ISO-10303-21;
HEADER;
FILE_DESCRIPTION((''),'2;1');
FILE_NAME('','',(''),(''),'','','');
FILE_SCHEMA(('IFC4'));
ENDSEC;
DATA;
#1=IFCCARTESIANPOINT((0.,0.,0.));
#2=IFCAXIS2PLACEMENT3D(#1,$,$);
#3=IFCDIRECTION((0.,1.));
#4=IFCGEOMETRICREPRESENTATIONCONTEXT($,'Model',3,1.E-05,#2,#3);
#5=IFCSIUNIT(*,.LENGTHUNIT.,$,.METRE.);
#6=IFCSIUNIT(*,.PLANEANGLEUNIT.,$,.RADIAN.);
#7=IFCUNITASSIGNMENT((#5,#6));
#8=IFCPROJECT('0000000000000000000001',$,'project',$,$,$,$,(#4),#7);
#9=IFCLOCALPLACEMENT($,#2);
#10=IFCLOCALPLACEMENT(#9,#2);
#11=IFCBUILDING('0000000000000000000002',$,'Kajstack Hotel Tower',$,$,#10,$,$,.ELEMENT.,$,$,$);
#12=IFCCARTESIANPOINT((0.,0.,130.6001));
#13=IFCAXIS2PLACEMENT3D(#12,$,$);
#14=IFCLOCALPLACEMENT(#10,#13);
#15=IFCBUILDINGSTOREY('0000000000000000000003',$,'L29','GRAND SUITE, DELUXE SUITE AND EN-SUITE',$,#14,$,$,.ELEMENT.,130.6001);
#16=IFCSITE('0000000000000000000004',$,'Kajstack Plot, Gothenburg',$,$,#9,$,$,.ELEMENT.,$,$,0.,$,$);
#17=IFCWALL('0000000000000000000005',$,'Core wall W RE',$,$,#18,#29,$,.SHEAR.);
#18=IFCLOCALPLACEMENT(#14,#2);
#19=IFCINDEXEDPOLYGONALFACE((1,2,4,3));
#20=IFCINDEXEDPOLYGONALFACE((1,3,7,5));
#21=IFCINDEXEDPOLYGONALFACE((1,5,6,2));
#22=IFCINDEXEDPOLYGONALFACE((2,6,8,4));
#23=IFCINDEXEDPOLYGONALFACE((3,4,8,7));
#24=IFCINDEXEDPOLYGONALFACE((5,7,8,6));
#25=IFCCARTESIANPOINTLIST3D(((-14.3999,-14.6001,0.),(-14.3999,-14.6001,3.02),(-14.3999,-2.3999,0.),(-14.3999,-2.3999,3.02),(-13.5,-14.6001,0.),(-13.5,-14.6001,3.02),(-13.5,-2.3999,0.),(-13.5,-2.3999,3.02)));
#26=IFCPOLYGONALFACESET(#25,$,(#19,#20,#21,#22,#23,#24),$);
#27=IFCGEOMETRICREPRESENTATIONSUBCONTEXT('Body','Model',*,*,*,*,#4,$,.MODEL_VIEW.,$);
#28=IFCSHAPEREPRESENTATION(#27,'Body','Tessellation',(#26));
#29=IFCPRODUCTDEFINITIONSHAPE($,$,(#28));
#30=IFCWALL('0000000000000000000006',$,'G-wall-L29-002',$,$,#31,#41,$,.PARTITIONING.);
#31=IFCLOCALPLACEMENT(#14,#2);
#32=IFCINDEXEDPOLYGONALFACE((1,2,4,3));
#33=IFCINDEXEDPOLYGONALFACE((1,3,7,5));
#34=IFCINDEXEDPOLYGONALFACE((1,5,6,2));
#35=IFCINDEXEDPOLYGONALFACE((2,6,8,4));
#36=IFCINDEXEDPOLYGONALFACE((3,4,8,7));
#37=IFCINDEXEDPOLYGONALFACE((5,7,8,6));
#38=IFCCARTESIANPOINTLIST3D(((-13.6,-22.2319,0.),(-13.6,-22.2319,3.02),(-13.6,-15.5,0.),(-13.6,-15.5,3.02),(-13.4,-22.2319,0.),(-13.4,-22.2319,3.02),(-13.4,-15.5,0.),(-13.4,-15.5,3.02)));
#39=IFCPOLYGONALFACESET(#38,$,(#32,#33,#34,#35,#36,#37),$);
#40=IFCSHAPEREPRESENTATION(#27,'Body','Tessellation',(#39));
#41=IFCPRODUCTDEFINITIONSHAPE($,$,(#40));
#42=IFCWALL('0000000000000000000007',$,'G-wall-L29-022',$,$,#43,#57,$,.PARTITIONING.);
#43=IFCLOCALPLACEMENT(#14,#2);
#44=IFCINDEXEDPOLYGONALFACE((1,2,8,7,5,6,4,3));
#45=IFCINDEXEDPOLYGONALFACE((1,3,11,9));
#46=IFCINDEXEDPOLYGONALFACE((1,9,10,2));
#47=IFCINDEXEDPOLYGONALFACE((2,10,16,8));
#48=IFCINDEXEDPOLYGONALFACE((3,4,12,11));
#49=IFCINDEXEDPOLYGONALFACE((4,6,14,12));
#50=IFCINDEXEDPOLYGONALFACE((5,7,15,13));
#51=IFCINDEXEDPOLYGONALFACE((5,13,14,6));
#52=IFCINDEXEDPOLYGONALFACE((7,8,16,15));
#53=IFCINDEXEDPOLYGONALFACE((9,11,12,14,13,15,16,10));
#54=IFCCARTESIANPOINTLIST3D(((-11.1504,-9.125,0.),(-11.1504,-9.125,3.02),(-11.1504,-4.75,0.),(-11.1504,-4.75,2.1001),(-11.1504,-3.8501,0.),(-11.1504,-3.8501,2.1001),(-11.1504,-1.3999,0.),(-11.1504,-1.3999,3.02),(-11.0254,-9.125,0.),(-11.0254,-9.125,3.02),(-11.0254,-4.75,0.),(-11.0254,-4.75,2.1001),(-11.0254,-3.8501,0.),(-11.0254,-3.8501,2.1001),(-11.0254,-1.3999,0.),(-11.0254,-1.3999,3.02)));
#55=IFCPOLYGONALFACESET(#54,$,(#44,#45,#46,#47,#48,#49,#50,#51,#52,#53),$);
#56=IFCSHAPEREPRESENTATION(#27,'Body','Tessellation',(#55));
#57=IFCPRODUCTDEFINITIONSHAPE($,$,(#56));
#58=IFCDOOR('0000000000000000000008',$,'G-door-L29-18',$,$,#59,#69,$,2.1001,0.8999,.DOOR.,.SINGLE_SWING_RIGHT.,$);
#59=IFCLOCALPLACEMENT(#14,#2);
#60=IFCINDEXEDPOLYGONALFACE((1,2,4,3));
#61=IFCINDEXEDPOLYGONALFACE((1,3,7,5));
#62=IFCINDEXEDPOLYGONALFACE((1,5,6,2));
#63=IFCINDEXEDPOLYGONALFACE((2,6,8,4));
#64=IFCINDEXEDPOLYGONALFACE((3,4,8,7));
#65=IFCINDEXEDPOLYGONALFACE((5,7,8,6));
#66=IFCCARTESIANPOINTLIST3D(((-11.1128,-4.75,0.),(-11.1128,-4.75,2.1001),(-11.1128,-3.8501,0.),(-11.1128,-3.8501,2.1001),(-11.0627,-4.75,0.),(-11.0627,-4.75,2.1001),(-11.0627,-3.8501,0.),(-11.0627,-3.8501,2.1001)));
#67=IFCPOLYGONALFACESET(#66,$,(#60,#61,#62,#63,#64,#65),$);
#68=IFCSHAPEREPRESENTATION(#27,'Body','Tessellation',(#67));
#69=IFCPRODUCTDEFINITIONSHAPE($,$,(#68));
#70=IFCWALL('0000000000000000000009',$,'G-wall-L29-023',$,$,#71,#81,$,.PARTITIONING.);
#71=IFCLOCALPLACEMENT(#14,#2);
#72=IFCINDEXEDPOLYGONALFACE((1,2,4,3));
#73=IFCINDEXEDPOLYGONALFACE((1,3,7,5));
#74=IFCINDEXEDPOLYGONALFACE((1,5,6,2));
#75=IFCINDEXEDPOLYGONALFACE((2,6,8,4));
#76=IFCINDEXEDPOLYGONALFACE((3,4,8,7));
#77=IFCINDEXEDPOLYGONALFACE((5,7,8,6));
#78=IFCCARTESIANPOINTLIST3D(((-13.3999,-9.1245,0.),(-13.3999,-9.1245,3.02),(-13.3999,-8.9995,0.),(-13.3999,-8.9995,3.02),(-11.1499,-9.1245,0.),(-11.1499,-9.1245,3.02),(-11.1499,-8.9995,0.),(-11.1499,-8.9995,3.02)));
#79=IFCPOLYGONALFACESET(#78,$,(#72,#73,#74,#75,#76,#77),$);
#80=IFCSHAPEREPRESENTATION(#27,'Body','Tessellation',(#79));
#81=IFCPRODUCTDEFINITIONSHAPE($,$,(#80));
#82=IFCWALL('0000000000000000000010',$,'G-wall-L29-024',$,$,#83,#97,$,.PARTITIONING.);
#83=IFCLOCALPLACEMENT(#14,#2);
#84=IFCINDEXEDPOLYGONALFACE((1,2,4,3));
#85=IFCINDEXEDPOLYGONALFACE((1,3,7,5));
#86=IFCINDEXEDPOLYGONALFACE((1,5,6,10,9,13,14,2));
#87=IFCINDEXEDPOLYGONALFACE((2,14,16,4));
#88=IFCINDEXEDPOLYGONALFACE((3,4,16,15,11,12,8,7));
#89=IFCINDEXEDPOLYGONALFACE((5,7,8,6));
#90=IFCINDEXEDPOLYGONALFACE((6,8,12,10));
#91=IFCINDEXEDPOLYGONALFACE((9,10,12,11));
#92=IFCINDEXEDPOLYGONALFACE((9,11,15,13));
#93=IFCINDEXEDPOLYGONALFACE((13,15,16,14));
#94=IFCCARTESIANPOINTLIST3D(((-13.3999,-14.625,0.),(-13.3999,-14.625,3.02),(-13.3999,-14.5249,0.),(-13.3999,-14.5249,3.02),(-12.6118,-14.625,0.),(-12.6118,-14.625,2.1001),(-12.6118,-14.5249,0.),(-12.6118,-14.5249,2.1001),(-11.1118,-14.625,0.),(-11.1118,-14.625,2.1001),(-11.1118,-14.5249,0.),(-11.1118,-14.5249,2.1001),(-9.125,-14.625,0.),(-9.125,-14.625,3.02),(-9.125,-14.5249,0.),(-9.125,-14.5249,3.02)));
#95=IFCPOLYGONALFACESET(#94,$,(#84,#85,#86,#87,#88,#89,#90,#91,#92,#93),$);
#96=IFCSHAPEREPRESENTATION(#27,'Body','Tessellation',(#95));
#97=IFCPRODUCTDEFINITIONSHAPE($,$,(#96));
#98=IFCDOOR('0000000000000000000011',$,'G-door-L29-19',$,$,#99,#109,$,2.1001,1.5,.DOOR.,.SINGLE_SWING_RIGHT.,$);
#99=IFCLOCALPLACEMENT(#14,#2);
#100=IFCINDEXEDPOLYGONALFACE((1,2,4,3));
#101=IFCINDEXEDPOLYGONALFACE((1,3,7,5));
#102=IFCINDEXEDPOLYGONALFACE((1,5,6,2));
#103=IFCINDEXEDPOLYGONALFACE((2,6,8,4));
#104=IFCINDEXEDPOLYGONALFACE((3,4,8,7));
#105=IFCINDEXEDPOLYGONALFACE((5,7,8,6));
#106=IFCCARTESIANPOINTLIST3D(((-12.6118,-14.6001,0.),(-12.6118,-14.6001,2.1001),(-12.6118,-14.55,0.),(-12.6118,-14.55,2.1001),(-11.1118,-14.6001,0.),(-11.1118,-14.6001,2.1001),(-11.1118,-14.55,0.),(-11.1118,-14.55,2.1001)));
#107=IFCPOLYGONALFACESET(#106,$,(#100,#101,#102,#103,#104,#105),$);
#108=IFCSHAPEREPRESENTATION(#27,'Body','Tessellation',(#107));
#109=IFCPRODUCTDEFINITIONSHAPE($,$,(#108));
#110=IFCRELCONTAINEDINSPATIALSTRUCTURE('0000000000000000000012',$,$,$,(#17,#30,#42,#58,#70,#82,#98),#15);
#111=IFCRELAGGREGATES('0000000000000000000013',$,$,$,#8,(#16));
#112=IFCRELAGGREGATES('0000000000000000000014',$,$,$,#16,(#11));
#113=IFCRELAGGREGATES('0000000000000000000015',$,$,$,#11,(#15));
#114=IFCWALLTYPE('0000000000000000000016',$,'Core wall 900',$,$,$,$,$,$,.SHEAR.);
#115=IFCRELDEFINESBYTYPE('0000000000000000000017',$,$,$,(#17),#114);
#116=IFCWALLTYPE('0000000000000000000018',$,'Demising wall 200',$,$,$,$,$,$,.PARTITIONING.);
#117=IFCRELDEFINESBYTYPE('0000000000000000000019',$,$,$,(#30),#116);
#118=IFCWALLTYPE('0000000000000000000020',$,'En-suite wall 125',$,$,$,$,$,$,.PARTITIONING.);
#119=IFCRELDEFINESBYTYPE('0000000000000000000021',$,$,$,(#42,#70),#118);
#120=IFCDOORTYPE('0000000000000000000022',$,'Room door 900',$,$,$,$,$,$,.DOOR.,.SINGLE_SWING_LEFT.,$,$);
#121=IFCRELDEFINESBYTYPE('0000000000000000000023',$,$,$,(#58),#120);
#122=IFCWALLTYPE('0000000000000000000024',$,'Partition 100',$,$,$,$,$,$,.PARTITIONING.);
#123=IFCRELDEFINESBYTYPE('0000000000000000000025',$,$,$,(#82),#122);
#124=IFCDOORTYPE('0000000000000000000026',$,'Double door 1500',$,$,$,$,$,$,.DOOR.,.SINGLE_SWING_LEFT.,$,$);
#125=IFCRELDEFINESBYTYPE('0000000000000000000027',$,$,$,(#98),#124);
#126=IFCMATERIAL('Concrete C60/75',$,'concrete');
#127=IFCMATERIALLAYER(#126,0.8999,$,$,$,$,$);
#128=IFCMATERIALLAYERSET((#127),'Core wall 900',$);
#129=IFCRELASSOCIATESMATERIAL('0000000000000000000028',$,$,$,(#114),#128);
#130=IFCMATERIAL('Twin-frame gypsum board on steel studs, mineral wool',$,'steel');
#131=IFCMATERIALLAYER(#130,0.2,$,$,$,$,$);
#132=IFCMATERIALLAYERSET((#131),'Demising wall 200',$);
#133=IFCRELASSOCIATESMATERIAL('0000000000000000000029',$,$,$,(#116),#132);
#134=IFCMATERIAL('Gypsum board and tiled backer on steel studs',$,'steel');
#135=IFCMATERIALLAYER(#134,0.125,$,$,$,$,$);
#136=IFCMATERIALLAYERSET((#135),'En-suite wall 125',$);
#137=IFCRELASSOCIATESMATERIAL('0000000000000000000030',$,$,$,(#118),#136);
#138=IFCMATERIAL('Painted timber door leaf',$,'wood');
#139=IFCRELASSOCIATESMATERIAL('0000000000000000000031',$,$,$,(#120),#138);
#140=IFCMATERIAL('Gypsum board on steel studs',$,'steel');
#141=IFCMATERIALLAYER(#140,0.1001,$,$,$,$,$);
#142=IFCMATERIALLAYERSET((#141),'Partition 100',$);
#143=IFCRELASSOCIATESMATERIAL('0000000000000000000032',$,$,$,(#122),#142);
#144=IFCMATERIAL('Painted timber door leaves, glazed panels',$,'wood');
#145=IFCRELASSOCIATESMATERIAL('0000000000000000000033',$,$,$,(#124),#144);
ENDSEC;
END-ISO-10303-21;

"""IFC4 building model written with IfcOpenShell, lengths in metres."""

from ifc_helpers import new_model, si_unit, direction, frame, frame_2d, origin, place, context, subcontext, project, spatial, rectangle, extrude, material, layer, layer_set, type_object, element, fill, save


model = new_model("IFC4")

# Units and contexts
model_context = context("Model", 3, precision=1e-05, world=origin(), true_north=direction((0.0, 1.0)))
body_context = subcontext(model_context, "Body", "Model", "MODEL_VIEW")
ifc_project = project(units=[si_unit("LENGTHUNIT", "METRE"), si_unit("PLANEANGLEUNIT", "RADIAN")], contexts=[model_context])

# Site, building, storey
site_placement = place(None, origin())
site = spatial("IfcSite", under=ifc_project, at=site_placement, Name="Kajstack Plot, Gothenburg", CompositionType="ELEMENT", RefElevation=0.0)
building_placement = place(site_placement, origin())
building = spatial("IfcBuilding", under=site, at=building_placement, Name="Kajstack Hotel Tower", CompositionType="ELEMENT")
storey_placement = place(building_placement, frame((0.0, 0.0, 130.6001)))
storey = spatial("IfcBuildingStorey", under=building, at=storey_placement, Name="L29", Description="GRAND SUITE, DELUXE SUITE AND EN-SUITE", CompositionType="ELEMENT", Elevation=130.6001)

# Walls
ifc_material_1 = material(Name="Concrete C60/75", Category="concrete")
ifc_layer_1 = layer(ifc_material_1, 0.8999)
ifc_layer_set_1 = layer_set([ifc_layer_1], Name="Core wall 900")
wall_type_1 = type_object("IfcWallType", Name="Core wall 900", PredefinedType="SHEAR", material=ifc_layer_set_1)
wall_1_placement = place(storey_placement, frame((-13.95, -14.6001, 0.0), z_axis=(0.0, 0.0, 1.0), x_axis=(0.0, 1.0, 0.0)))
element("IfcWall", 1, at=wall_1_placement, inside=storey, type_object=wall_type_1, Name="Core wall W RE", PredefinedType="SHEAR", context=body_context, shape_type="SweptSolid", body=[
    extrude(rectangle(XDim=12.2002, YDim=0.8999, at=frame_2d((6.1001, 0.0))), origin(), (0.0, 0.0, 1.0), 3.02),
])
ifc_material_2 = material(Name="Twin-frame gypsum board on steel studs, mineral wool", Category="steel")
ifc_layer_2 = layer(ifc_material_2, 0.2)
ifc_layer_set_2 = layer_set([ifc_layer_2], Name="Demising wall 200")
wall_type_2 = type_object("IfcWallType", Name="Demising wall 200", PredefinedType="PARTITIONING", material=ifc_layer_set_2)
wall_2_placement = place(storey_placement, frame((-13.5, -22.2319, 0.0), z_axis=(0.0, 0.0, 1.0), x_axis=(0.0, 1.0, 0.0)))
element("IfcWall", 2, at=wall_2_placement, inside=storey, type_object=wall_type_2, Name="G-wall-L29-002", PredefinedType="PARTITIONING", context=body_context, shape_type="SweptSolid", body=[
    extrude(rectangle(XDim=6.7319, YDim=0.2, at=frame_2d((3.366, 0.0))), origin(), (0.0, 0.0, 1.0), 3.02),
])

# Wall, opening, door
ifc_material_3 = material(Name="Gypsum board and tiled backer on steel studs", Category="steel")
ifc_layer_3 = layer(ifc_material_3, 0.125)
ifc_layer_set_3 = layer_set([ifc_layer_3], Name="En-suite wall 125")
wall_type_3 = type_object("IfcWallType", Name="En-suite wall 125", PredefinedType="PARTITIONING", material=ifc_layer_set_3)
wall_3_placement = place(storey_placement, frame((-11.0879, -9.125, 0.0), z_axis=(0.0, 0.0, 1.0), x_axis=(0.0, 1.0, 0.0)))
wall_3 = element("IfcWall", 3, at=wall_3_placement, inside=storey, type_object=wall_type_3, Name="G-wall-L29-022", PredefinedType="PARTITIONING", context=body_context, shape_type="SweptSolid", body=[
    extrude(rectangle(XDim=7.7251, YDim=0.125, at=frame_2d((3.8625, 0.0))), origin(), (0.0, 0.0, 1.0), 3.02),
])
opening_1_placement = place(wall_3_placement, frame((4.375, 0.0, 0.0)))
opening_1 = element("IfcOpeningElement", 4, at=opening_1_placement, cuts=wall_3, PredefinedType="OPENING", context=body_context, shape_type="SweptSolid", body=[
    extrude(rectangle(XDim=0.8999, YDim=2.1001, at=frame_2d((0.45, 1.05))), frame((0.0, 0.0725, 0.0), z_axis=(0.0, -1.0, 0.0), x_axis=(1.0, 0.0, 0.0)), (0.0, 0.0, 1.0), 0.145),
])
ifc_material_4 = material(Name="Painted timber door leaf", Category="wood")
door_type_1 = type_object("IfcDoorType", Name="Room door 900", OperationType="SINGLE_SWING_LEFT", PredefinedType="DOOR", material=ifc_material_4)
door_1_placement = place(opening_1_placement, origin())
door_1 = element("IfcDoor", 5, at=door_1_placement, inside=storey, type_object=door_type_1, Name="G-door-L29-18", OperationType="SINGLE_SWING_RIGHT", OverallHeight=2.1001, OverallWidth=0.8999, PredefinedType="DOOR", context=body_context, shape_type="SweptSolid", body=[
    extrude(rectangle(XDim=0.8999, YDim=2.1001, at=frame_2d((0.45, 1.05))), frame((0.0, 0.0249, 0.0), z_axis=(0.0, -1.0, 0.0), x_axis=(1.0, 0.0, 0.0)), (0.0, 0.0, 1.0), 0.05),
])
fill(opening_1, door_1)

# Wall
wall_4_placement = place(storey_placement, frame((-13.3999, -9.062, 0.0), z_axis=(0.0, 0.0, 1.0), x_axis=(1.0, 0.0, 0.0)))
element("IfcWall", 6, at=wall_4_placement, inside=storey, type_object=wall_type_3, Name="G-wall-L29-023", PredefinedType="PARTITIONING", context=body_context, shape_type="SweptSolid", body=[
    extrude(rectangle(XDim=2.25, YDim=0.125, at=frame_2d((1.125, 0.0))), origin(), (0.0, 0.0, 1.0), 3.02),
])

# Wall, opening, door
ifc_material_5 = material(Name="Gypsum board on steel studs", Category="steel")
ifc_layer_4 = layer(ifc_material_5, 0.1001)
ifc_layer_set_4 = layer_set([ifc_layer_4], Name="Partition 100")
wall_type_4 = type_object("IfcWallType", Name="Partition 100", PredefinedType="PARTITIONING", material=ifc_layer_set_4)
wall_5_placement = place(storey_placement, frame((-13.3999, -14.575, 0.0), z_axis=(0.0, 0.0, 1.0), x_axis=(1.0, 0.0, 0.0)))
wall_5 = element("IfcWall", 7, at=wall_5_placement, inside=storey, type_object=wall_type_4, Name="G-wall-L29-024", PredefinedType="PARTITIONING", context=body_context, shape_type="SweptSolid", body=[
    extrude(rectangle(XDim=4.2749, YDim=0.1001, at=frame_2d((2.1375, 0.0))), origin(), (0.0, 0.0, 1.0), 3.02),
])
opening_2_placement = place(wall_5_placement, frame((0.7881, 0.0, 0.0)))
opening_2 = element("IfcOpeningElement", 8, at=opening_2_placement, cuts=wall_5, PredefinedType="OPENING", context=body_context, shape_type="SweptSolid", body=[
    extrude(rectangle(XDim=1.5, YDim=2.1001, at=frame_2d((0.75, 1.05))), frame((0.0, 0.0601, 0.0), z_axis=(0.0, -1.0, 0.0), x_axis=(1.0, 0.0, 0.0)), (0.0, 0.0, 1.0), 0.1201),
])
ifc_material_6 = material(Name="Painted timber door leaves, glazed panels", Category="wood")
door_type_2 = type_object("IfcDoorType", Name="Double door 1500", OperationType="SINGLE_SWING_LEFT", PredefinedType="DOOR", material=ifc_material_6)
door_2_placement = place(opening_2_placement, origin())
door_2 = element("IfcDoor", 9, at=door_2_placement, inside=storey, type_object=door_type_2, Name="G-door-L29-19", OperationType="SINGLE_SWING_RIGHT", OverallHeight=2.1001, OverallWidth=1.5, PredefinedType="DOOR", context=body_context, shape_type="SweptSolid", body=[
    extrude(rectangle(XDim=1.5, YDim=2.1001, at=frame_2d((0.75, 1.05))), frame((0.0, 0.0249, 0.0), z_axis=(0.0, -1.0, 0.0), x_axis=(1.0, 0.0, 0.0)), (0.0, 0.0, 1.0), 0.05),
])
fill(opening_2, door_2)

save(model, "model.ifc")
